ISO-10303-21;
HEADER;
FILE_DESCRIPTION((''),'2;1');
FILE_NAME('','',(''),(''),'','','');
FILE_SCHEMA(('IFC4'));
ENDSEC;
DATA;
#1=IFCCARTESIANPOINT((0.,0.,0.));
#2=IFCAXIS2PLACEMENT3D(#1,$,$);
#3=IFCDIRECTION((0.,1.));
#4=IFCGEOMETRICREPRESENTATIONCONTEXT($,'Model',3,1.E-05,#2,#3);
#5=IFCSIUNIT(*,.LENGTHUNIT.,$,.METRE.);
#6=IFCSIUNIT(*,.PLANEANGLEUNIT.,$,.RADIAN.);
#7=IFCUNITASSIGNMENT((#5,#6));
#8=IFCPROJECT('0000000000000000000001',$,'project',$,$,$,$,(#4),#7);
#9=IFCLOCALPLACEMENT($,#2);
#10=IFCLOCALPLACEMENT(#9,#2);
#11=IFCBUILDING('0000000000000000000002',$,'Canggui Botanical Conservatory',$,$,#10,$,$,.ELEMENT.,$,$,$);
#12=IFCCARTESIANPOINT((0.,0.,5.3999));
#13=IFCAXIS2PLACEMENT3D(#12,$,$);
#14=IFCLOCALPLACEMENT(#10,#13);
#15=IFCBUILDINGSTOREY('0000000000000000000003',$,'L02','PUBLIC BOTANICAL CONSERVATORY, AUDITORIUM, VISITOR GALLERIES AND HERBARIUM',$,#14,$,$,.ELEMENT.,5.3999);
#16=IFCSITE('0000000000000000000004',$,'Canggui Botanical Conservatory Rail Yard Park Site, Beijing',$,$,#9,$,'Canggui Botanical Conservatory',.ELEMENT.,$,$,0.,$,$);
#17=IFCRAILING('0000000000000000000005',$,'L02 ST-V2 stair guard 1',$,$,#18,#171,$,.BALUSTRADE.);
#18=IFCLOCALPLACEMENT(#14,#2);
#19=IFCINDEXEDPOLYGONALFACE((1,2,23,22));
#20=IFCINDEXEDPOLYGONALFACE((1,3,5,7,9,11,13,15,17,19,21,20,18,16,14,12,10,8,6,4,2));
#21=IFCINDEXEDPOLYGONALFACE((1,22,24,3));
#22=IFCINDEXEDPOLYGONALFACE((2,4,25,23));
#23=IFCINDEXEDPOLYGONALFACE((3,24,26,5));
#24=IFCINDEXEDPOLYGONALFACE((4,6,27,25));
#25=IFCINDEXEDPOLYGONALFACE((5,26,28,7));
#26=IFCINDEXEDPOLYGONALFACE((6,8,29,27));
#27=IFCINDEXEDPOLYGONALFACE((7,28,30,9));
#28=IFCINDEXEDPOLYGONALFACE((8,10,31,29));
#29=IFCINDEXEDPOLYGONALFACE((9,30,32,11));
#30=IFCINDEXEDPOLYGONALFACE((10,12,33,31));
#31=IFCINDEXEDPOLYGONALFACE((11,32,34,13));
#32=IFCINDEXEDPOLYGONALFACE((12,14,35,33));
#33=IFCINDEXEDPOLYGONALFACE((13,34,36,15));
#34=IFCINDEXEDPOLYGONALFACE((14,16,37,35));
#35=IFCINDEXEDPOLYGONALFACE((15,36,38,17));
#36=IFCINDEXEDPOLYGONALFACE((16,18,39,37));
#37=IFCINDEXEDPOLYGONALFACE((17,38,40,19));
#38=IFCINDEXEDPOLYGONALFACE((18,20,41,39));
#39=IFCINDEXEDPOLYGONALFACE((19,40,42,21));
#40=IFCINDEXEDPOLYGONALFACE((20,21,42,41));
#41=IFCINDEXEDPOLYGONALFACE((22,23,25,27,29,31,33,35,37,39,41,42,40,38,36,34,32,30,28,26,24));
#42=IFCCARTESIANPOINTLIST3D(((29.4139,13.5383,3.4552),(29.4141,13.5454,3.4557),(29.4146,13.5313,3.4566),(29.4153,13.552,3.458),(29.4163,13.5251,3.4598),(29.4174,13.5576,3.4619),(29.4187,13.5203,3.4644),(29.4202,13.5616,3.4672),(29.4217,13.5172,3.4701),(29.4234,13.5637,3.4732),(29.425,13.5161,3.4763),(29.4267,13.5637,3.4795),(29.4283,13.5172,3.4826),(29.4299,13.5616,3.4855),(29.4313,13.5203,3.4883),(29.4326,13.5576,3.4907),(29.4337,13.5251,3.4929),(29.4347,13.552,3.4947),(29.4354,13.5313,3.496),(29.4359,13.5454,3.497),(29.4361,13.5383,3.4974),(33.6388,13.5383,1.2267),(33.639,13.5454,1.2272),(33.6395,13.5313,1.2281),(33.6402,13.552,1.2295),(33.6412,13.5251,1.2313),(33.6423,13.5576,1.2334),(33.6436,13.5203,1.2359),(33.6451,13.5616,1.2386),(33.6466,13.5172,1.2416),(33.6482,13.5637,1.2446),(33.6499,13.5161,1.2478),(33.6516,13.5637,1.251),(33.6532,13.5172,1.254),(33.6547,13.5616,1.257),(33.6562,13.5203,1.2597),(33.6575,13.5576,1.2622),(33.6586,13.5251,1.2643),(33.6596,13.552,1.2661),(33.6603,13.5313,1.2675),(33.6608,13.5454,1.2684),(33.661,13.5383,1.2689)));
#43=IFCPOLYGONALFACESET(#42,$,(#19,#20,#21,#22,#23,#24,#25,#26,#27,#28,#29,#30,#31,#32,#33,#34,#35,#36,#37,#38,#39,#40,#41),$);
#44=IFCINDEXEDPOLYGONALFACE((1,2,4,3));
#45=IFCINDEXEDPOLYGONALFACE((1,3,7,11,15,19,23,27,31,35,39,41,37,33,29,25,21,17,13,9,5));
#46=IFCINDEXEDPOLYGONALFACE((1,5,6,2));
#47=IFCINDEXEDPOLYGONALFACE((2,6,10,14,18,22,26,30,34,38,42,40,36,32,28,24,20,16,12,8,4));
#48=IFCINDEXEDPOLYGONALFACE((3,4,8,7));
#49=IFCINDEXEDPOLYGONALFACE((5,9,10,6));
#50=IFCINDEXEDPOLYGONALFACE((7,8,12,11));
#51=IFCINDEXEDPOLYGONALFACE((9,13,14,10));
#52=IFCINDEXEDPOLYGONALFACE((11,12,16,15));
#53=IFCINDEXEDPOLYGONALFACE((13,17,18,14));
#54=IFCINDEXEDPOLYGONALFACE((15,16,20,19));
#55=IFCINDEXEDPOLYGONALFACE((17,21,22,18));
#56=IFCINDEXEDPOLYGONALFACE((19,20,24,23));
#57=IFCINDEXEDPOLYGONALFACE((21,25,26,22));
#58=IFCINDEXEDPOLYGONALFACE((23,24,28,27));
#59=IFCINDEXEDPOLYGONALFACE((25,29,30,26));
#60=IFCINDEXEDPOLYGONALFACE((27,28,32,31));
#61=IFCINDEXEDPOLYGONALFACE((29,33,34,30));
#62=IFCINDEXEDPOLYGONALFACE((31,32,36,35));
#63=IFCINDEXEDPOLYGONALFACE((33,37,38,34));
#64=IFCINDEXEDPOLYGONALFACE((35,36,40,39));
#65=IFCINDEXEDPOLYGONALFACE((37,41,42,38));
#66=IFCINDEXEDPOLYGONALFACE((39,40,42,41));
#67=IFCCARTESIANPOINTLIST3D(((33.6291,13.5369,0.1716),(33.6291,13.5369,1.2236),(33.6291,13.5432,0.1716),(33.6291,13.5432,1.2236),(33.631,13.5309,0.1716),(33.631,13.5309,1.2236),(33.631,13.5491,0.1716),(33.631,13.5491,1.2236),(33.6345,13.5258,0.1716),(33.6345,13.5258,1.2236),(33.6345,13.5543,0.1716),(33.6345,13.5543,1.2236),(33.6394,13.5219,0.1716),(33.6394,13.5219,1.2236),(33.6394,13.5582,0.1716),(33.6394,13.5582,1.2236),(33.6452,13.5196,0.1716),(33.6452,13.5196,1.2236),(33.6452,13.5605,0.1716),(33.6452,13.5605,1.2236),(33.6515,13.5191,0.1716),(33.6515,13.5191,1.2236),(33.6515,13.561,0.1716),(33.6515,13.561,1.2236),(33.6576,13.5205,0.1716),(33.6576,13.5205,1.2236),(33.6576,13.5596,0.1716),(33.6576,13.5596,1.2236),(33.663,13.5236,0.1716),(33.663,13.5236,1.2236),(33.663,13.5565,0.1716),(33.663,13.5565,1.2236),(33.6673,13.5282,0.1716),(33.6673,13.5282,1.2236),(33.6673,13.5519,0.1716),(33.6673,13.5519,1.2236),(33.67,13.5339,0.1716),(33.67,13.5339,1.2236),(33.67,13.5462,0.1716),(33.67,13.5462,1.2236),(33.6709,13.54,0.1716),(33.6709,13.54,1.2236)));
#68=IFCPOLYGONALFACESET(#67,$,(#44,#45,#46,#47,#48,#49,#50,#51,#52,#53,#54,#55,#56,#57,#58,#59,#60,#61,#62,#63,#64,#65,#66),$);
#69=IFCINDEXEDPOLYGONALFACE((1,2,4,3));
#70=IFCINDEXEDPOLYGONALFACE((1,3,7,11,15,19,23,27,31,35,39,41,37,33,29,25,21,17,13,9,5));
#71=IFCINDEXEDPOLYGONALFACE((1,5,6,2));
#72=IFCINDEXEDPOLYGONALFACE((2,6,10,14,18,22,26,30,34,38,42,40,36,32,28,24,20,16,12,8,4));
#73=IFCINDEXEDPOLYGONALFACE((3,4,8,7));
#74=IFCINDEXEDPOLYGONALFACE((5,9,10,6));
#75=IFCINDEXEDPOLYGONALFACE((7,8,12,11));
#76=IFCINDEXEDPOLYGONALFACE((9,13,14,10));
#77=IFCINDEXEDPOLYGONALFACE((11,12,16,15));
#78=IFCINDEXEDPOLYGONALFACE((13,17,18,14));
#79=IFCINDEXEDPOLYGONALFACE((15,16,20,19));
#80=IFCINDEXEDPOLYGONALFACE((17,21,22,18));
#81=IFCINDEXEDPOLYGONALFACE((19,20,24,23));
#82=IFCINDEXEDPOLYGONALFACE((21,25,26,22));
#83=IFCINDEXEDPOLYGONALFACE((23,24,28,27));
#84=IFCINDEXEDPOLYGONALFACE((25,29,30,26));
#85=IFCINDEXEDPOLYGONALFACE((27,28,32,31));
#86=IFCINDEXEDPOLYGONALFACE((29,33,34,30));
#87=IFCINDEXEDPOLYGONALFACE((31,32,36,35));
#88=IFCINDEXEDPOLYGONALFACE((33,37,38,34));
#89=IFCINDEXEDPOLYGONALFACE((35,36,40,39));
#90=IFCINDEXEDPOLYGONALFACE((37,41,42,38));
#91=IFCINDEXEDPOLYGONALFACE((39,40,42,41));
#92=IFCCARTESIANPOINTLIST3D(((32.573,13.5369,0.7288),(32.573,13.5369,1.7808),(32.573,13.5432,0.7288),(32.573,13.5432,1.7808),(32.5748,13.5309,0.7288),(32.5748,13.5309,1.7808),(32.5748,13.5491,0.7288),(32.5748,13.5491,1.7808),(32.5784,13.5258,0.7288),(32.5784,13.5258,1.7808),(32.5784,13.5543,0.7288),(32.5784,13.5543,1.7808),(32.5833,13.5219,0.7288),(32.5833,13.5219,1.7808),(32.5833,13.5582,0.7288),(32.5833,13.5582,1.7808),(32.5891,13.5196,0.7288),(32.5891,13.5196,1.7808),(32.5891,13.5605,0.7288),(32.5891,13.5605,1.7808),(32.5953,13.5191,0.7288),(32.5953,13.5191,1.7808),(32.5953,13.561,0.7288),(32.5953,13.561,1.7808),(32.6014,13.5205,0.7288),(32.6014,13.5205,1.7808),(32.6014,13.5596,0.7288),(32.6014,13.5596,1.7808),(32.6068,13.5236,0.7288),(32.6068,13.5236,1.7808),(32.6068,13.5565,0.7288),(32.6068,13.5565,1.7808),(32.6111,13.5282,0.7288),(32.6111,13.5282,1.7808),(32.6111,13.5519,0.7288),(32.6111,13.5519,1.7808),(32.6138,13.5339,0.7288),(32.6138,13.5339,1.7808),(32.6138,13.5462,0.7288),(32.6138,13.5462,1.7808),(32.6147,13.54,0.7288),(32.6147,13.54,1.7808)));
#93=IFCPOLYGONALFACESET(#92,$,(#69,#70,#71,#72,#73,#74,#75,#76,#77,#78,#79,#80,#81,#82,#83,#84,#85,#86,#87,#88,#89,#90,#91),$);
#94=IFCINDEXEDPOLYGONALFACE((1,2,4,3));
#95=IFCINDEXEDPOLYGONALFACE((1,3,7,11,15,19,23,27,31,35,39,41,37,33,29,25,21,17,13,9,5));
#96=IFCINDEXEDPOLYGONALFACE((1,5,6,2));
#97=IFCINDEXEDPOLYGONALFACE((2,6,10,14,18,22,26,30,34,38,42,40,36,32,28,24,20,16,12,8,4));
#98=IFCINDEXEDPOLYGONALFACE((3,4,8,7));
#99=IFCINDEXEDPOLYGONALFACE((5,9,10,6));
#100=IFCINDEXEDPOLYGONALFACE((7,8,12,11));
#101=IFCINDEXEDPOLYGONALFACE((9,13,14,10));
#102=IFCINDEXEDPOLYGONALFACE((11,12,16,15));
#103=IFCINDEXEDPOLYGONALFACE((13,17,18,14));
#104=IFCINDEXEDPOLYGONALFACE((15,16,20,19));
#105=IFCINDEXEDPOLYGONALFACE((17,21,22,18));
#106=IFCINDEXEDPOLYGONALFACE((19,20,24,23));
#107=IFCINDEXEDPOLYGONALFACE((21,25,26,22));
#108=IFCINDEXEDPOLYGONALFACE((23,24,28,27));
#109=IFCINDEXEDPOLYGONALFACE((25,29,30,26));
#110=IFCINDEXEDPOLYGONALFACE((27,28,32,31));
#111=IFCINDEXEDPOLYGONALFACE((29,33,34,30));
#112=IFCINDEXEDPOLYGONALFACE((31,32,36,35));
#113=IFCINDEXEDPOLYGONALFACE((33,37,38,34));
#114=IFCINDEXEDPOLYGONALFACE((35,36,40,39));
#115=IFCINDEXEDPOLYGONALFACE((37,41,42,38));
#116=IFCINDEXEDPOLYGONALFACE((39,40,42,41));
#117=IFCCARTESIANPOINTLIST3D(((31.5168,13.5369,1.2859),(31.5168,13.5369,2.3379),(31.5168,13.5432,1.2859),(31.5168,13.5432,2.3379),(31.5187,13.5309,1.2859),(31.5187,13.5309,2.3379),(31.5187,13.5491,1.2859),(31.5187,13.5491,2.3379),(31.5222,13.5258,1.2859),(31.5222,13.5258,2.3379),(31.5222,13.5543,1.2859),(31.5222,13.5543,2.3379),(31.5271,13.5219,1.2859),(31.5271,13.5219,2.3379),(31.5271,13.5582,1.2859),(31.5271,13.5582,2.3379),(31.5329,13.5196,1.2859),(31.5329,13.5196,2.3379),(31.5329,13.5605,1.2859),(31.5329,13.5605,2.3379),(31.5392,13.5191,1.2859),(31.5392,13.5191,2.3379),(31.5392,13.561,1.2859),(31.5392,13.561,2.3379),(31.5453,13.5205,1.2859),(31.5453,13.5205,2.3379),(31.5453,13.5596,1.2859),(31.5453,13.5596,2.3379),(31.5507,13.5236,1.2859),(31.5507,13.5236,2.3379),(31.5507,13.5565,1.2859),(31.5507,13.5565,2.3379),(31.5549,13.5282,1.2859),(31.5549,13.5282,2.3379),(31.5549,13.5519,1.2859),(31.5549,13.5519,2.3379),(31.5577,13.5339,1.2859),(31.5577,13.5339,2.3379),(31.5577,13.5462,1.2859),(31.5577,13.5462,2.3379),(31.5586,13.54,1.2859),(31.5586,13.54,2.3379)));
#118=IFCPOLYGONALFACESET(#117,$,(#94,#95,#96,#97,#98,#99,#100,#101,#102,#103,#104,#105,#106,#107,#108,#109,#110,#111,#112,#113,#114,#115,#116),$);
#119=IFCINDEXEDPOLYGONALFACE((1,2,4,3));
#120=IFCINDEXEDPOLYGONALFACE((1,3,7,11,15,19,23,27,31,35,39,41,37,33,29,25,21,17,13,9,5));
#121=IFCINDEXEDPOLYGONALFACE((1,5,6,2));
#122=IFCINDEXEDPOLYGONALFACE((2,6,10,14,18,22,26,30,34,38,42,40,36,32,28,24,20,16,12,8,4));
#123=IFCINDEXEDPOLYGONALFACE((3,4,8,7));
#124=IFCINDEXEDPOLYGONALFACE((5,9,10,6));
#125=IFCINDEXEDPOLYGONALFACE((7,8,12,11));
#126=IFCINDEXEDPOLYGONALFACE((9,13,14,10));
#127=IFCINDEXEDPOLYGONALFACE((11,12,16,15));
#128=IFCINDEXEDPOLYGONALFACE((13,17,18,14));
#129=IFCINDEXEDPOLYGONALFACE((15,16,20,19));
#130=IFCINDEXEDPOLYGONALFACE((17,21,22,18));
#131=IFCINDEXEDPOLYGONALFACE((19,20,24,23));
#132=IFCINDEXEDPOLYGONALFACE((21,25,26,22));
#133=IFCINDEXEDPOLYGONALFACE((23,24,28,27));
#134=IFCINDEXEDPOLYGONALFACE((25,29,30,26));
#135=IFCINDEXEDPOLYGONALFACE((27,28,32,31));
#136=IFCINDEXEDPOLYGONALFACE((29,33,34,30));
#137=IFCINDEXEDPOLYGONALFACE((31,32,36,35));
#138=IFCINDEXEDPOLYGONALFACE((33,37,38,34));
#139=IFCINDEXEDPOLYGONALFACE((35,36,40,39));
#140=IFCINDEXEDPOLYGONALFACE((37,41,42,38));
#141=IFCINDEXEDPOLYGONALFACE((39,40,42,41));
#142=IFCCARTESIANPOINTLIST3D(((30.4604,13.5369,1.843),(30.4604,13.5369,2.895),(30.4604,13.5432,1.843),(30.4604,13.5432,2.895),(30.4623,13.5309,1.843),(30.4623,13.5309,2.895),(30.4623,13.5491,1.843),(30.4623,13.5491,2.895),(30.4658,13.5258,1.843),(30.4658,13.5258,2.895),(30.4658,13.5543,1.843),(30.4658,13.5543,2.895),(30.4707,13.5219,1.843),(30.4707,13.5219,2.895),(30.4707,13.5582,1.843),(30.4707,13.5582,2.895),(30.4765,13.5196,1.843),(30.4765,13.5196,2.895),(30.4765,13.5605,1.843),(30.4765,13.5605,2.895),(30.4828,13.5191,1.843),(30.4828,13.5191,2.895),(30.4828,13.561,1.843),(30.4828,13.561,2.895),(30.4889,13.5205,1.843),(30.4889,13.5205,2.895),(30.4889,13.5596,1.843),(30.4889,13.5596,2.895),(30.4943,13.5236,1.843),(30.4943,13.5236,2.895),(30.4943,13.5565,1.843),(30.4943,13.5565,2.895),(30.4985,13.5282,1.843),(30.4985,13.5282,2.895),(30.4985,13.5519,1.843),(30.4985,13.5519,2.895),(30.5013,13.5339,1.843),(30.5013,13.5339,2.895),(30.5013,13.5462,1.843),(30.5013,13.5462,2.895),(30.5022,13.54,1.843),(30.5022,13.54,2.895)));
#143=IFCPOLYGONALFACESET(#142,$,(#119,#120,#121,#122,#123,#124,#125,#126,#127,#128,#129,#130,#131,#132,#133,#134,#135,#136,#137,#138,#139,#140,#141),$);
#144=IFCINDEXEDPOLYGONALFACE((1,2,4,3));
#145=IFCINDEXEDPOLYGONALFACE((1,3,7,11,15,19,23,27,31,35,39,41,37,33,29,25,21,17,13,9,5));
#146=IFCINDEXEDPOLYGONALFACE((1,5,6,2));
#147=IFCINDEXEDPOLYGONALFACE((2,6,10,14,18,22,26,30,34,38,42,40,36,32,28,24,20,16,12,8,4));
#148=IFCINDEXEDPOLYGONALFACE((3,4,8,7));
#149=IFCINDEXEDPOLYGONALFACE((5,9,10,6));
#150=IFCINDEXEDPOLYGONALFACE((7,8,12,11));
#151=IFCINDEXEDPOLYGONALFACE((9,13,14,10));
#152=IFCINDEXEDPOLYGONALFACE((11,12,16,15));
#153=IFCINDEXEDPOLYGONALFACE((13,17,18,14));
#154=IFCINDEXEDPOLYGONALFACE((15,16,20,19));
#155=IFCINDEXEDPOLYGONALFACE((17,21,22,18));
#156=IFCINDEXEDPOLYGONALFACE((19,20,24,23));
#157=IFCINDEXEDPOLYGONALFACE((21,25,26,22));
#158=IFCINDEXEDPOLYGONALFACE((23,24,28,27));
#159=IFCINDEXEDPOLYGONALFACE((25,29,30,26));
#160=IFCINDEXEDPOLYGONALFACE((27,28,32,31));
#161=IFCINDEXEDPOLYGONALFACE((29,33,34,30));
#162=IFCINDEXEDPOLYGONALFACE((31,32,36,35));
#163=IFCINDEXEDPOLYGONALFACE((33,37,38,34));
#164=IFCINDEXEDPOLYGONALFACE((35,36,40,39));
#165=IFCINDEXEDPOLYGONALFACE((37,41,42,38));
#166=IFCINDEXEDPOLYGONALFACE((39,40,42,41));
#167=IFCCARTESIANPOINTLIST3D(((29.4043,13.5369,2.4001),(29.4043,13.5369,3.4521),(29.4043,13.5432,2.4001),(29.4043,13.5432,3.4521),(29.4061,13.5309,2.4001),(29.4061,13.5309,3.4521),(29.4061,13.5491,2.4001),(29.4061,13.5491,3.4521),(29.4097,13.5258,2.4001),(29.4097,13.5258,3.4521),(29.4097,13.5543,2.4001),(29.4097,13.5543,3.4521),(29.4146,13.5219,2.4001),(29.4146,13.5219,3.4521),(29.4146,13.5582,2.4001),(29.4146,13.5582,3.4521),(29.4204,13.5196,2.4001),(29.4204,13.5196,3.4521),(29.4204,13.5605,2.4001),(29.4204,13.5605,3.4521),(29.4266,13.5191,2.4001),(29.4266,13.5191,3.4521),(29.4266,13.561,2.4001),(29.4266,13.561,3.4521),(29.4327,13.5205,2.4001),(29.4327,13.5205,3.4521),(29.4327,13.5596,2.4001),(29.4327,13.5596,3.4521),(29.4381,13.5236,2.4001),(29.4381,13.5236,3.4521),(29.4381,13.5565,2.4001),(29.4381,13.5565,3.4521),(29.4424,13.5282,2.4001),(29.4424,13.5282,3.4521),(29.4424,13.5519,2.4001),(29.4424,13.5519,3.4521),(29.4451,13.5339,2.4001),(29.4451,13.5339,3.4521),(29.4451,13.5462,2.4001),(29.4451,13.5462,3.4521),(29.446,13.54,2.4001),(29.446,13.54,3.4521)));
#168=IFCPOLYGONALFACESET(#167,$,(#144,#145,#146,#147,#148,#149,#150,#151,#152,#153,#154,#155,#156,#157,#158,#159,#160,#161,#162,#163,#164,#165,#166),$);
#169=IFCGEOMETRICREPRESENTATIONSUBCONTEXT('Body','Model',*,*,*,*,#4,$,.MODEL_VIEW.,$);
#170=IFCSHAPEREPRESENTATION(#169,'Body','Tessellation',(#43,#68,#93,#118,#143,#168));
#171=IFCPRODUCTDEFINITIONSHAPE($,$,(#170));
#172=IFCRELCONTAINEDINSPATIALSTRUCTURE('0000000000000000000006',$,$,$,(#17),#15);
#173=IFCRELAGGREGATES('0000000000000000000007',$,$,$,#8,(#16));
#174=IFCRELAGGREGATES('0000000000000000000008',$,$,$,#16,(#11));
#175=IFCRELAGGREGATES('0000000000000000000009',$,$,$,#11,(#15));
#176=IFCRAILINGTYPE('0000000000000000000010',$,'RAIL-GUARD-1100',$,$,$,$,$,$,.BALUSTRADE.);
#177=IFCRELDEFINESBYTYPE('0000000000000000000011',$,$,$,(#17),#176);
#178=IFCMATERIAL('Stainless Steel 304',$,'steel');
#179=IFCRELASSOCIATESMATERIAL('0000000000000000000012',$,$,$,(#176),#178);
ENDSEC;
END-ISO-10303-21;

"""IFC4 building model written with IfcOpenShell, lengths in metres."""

from ifc_helpers import new_model, si_unit, direction, frame, origin, origin_2d, place, context, subcontext, project, spatial, circle, extrude, material, type_object, element, save


model = new_model("IFC4")

# Units and contexts
model_context = context("Model", 3, precision=1e-05, world=origin(), true_north=direction((0.0, 1.0)))
body_context = subcontext(model_context, "Body", "Model", "MODEL_VIEW")
ifc_project = project(units=[si_unit("LENGTHUNIT", "METRE"), si_unit("PLANEANGLEUNIT", "RADIAN")], contexts=[model_context])

# Site, building, storey
site_placement = place(None, origin())
site = spatial("IfcSite", under=ifc_project, at=site_placement, Name="Canggui Botanical Conservatory Rail Yard Park Site, Beijing", LongName="Canggui Botanical Conservatory", CompositionType="ELEMENT", RefElevation=0.0)
building_placement = place(site_placement, origin())
building = spatial("IfcBuilding", under=site, at=building_placement, Name="Canggui Botanical Conservatory", CompositionType="ELEMENT")
storey_placement = place(building_placement, frame((0.0, 0.0, 5.3999)))
storey = spatial("IfcBuildingStorey", under=building, at=storey_placement, Name="L02", Description="PUBLIC BOTANICAL CONSERVATORY, AUDITORIUM, VISITOR GALLERIES AND HERBARIUM", CompositionType="ELEMENT", Elevation=5.3999)

# Railing
ifc_material_1 = material(Name="Stainless Steel 304", Category="steel")
railing_type_1 = type_object("IfcRailingType", Name="RAIL-GUARD-1100", PredefinedType="BALUSTRADE", material=ifc_material_1)
railing_1_placement = place(storey_placement, frame((33.6499, 13.54, 0.1716)))
element("IfcRailing", 1, at=railing_1_placement, inside=storey, type_object=railing_type_1, Name="L02 ST-V2 stair guard 1", PredefinedType="BALUSTRADE", context=body_context, shape_type="SweptSolid", body=[
    extrude(circle(Radius=0.0239, at=origin_2d()), frame((0.0, 0.0, 1.0762), z_axis=(-0.884494, 0.0, 0.466551), x_axis=(0.0, -1.0, 0.0)), (0.0, 0.0, 1.0), 4.7766),
    extrude(circle(Radius=0.021, at=origin_2d()), origin(), (0.0, 0.0, 1.0), 1.052),
    extrude(circle(Radius=0.021, at=origin_2d()), frame((-1.0562, 0.0, 0.5571)), (0.0, 0.0, 1.0), 1.052),
    extrude(circle(Radius=0.021, at=origin_2d()), frame((-2.1123, 0.0, 1.1143)), (0.0, 0.0, 1.0), 1.052),
    extrude(circle(Radius=0.021, at=origin_2d()), frame((-3.1687, 0.0, 1.6714)), (0.0, 0.0, 1.0), 1.052),
    extrude(circle(Radius=0.021, at=origin_2d()), frame((-4.2249, 0.0, 2.2285)), (0.0, 0.0, 1.0), 1.052),
])

save(model, "model.ifc")
